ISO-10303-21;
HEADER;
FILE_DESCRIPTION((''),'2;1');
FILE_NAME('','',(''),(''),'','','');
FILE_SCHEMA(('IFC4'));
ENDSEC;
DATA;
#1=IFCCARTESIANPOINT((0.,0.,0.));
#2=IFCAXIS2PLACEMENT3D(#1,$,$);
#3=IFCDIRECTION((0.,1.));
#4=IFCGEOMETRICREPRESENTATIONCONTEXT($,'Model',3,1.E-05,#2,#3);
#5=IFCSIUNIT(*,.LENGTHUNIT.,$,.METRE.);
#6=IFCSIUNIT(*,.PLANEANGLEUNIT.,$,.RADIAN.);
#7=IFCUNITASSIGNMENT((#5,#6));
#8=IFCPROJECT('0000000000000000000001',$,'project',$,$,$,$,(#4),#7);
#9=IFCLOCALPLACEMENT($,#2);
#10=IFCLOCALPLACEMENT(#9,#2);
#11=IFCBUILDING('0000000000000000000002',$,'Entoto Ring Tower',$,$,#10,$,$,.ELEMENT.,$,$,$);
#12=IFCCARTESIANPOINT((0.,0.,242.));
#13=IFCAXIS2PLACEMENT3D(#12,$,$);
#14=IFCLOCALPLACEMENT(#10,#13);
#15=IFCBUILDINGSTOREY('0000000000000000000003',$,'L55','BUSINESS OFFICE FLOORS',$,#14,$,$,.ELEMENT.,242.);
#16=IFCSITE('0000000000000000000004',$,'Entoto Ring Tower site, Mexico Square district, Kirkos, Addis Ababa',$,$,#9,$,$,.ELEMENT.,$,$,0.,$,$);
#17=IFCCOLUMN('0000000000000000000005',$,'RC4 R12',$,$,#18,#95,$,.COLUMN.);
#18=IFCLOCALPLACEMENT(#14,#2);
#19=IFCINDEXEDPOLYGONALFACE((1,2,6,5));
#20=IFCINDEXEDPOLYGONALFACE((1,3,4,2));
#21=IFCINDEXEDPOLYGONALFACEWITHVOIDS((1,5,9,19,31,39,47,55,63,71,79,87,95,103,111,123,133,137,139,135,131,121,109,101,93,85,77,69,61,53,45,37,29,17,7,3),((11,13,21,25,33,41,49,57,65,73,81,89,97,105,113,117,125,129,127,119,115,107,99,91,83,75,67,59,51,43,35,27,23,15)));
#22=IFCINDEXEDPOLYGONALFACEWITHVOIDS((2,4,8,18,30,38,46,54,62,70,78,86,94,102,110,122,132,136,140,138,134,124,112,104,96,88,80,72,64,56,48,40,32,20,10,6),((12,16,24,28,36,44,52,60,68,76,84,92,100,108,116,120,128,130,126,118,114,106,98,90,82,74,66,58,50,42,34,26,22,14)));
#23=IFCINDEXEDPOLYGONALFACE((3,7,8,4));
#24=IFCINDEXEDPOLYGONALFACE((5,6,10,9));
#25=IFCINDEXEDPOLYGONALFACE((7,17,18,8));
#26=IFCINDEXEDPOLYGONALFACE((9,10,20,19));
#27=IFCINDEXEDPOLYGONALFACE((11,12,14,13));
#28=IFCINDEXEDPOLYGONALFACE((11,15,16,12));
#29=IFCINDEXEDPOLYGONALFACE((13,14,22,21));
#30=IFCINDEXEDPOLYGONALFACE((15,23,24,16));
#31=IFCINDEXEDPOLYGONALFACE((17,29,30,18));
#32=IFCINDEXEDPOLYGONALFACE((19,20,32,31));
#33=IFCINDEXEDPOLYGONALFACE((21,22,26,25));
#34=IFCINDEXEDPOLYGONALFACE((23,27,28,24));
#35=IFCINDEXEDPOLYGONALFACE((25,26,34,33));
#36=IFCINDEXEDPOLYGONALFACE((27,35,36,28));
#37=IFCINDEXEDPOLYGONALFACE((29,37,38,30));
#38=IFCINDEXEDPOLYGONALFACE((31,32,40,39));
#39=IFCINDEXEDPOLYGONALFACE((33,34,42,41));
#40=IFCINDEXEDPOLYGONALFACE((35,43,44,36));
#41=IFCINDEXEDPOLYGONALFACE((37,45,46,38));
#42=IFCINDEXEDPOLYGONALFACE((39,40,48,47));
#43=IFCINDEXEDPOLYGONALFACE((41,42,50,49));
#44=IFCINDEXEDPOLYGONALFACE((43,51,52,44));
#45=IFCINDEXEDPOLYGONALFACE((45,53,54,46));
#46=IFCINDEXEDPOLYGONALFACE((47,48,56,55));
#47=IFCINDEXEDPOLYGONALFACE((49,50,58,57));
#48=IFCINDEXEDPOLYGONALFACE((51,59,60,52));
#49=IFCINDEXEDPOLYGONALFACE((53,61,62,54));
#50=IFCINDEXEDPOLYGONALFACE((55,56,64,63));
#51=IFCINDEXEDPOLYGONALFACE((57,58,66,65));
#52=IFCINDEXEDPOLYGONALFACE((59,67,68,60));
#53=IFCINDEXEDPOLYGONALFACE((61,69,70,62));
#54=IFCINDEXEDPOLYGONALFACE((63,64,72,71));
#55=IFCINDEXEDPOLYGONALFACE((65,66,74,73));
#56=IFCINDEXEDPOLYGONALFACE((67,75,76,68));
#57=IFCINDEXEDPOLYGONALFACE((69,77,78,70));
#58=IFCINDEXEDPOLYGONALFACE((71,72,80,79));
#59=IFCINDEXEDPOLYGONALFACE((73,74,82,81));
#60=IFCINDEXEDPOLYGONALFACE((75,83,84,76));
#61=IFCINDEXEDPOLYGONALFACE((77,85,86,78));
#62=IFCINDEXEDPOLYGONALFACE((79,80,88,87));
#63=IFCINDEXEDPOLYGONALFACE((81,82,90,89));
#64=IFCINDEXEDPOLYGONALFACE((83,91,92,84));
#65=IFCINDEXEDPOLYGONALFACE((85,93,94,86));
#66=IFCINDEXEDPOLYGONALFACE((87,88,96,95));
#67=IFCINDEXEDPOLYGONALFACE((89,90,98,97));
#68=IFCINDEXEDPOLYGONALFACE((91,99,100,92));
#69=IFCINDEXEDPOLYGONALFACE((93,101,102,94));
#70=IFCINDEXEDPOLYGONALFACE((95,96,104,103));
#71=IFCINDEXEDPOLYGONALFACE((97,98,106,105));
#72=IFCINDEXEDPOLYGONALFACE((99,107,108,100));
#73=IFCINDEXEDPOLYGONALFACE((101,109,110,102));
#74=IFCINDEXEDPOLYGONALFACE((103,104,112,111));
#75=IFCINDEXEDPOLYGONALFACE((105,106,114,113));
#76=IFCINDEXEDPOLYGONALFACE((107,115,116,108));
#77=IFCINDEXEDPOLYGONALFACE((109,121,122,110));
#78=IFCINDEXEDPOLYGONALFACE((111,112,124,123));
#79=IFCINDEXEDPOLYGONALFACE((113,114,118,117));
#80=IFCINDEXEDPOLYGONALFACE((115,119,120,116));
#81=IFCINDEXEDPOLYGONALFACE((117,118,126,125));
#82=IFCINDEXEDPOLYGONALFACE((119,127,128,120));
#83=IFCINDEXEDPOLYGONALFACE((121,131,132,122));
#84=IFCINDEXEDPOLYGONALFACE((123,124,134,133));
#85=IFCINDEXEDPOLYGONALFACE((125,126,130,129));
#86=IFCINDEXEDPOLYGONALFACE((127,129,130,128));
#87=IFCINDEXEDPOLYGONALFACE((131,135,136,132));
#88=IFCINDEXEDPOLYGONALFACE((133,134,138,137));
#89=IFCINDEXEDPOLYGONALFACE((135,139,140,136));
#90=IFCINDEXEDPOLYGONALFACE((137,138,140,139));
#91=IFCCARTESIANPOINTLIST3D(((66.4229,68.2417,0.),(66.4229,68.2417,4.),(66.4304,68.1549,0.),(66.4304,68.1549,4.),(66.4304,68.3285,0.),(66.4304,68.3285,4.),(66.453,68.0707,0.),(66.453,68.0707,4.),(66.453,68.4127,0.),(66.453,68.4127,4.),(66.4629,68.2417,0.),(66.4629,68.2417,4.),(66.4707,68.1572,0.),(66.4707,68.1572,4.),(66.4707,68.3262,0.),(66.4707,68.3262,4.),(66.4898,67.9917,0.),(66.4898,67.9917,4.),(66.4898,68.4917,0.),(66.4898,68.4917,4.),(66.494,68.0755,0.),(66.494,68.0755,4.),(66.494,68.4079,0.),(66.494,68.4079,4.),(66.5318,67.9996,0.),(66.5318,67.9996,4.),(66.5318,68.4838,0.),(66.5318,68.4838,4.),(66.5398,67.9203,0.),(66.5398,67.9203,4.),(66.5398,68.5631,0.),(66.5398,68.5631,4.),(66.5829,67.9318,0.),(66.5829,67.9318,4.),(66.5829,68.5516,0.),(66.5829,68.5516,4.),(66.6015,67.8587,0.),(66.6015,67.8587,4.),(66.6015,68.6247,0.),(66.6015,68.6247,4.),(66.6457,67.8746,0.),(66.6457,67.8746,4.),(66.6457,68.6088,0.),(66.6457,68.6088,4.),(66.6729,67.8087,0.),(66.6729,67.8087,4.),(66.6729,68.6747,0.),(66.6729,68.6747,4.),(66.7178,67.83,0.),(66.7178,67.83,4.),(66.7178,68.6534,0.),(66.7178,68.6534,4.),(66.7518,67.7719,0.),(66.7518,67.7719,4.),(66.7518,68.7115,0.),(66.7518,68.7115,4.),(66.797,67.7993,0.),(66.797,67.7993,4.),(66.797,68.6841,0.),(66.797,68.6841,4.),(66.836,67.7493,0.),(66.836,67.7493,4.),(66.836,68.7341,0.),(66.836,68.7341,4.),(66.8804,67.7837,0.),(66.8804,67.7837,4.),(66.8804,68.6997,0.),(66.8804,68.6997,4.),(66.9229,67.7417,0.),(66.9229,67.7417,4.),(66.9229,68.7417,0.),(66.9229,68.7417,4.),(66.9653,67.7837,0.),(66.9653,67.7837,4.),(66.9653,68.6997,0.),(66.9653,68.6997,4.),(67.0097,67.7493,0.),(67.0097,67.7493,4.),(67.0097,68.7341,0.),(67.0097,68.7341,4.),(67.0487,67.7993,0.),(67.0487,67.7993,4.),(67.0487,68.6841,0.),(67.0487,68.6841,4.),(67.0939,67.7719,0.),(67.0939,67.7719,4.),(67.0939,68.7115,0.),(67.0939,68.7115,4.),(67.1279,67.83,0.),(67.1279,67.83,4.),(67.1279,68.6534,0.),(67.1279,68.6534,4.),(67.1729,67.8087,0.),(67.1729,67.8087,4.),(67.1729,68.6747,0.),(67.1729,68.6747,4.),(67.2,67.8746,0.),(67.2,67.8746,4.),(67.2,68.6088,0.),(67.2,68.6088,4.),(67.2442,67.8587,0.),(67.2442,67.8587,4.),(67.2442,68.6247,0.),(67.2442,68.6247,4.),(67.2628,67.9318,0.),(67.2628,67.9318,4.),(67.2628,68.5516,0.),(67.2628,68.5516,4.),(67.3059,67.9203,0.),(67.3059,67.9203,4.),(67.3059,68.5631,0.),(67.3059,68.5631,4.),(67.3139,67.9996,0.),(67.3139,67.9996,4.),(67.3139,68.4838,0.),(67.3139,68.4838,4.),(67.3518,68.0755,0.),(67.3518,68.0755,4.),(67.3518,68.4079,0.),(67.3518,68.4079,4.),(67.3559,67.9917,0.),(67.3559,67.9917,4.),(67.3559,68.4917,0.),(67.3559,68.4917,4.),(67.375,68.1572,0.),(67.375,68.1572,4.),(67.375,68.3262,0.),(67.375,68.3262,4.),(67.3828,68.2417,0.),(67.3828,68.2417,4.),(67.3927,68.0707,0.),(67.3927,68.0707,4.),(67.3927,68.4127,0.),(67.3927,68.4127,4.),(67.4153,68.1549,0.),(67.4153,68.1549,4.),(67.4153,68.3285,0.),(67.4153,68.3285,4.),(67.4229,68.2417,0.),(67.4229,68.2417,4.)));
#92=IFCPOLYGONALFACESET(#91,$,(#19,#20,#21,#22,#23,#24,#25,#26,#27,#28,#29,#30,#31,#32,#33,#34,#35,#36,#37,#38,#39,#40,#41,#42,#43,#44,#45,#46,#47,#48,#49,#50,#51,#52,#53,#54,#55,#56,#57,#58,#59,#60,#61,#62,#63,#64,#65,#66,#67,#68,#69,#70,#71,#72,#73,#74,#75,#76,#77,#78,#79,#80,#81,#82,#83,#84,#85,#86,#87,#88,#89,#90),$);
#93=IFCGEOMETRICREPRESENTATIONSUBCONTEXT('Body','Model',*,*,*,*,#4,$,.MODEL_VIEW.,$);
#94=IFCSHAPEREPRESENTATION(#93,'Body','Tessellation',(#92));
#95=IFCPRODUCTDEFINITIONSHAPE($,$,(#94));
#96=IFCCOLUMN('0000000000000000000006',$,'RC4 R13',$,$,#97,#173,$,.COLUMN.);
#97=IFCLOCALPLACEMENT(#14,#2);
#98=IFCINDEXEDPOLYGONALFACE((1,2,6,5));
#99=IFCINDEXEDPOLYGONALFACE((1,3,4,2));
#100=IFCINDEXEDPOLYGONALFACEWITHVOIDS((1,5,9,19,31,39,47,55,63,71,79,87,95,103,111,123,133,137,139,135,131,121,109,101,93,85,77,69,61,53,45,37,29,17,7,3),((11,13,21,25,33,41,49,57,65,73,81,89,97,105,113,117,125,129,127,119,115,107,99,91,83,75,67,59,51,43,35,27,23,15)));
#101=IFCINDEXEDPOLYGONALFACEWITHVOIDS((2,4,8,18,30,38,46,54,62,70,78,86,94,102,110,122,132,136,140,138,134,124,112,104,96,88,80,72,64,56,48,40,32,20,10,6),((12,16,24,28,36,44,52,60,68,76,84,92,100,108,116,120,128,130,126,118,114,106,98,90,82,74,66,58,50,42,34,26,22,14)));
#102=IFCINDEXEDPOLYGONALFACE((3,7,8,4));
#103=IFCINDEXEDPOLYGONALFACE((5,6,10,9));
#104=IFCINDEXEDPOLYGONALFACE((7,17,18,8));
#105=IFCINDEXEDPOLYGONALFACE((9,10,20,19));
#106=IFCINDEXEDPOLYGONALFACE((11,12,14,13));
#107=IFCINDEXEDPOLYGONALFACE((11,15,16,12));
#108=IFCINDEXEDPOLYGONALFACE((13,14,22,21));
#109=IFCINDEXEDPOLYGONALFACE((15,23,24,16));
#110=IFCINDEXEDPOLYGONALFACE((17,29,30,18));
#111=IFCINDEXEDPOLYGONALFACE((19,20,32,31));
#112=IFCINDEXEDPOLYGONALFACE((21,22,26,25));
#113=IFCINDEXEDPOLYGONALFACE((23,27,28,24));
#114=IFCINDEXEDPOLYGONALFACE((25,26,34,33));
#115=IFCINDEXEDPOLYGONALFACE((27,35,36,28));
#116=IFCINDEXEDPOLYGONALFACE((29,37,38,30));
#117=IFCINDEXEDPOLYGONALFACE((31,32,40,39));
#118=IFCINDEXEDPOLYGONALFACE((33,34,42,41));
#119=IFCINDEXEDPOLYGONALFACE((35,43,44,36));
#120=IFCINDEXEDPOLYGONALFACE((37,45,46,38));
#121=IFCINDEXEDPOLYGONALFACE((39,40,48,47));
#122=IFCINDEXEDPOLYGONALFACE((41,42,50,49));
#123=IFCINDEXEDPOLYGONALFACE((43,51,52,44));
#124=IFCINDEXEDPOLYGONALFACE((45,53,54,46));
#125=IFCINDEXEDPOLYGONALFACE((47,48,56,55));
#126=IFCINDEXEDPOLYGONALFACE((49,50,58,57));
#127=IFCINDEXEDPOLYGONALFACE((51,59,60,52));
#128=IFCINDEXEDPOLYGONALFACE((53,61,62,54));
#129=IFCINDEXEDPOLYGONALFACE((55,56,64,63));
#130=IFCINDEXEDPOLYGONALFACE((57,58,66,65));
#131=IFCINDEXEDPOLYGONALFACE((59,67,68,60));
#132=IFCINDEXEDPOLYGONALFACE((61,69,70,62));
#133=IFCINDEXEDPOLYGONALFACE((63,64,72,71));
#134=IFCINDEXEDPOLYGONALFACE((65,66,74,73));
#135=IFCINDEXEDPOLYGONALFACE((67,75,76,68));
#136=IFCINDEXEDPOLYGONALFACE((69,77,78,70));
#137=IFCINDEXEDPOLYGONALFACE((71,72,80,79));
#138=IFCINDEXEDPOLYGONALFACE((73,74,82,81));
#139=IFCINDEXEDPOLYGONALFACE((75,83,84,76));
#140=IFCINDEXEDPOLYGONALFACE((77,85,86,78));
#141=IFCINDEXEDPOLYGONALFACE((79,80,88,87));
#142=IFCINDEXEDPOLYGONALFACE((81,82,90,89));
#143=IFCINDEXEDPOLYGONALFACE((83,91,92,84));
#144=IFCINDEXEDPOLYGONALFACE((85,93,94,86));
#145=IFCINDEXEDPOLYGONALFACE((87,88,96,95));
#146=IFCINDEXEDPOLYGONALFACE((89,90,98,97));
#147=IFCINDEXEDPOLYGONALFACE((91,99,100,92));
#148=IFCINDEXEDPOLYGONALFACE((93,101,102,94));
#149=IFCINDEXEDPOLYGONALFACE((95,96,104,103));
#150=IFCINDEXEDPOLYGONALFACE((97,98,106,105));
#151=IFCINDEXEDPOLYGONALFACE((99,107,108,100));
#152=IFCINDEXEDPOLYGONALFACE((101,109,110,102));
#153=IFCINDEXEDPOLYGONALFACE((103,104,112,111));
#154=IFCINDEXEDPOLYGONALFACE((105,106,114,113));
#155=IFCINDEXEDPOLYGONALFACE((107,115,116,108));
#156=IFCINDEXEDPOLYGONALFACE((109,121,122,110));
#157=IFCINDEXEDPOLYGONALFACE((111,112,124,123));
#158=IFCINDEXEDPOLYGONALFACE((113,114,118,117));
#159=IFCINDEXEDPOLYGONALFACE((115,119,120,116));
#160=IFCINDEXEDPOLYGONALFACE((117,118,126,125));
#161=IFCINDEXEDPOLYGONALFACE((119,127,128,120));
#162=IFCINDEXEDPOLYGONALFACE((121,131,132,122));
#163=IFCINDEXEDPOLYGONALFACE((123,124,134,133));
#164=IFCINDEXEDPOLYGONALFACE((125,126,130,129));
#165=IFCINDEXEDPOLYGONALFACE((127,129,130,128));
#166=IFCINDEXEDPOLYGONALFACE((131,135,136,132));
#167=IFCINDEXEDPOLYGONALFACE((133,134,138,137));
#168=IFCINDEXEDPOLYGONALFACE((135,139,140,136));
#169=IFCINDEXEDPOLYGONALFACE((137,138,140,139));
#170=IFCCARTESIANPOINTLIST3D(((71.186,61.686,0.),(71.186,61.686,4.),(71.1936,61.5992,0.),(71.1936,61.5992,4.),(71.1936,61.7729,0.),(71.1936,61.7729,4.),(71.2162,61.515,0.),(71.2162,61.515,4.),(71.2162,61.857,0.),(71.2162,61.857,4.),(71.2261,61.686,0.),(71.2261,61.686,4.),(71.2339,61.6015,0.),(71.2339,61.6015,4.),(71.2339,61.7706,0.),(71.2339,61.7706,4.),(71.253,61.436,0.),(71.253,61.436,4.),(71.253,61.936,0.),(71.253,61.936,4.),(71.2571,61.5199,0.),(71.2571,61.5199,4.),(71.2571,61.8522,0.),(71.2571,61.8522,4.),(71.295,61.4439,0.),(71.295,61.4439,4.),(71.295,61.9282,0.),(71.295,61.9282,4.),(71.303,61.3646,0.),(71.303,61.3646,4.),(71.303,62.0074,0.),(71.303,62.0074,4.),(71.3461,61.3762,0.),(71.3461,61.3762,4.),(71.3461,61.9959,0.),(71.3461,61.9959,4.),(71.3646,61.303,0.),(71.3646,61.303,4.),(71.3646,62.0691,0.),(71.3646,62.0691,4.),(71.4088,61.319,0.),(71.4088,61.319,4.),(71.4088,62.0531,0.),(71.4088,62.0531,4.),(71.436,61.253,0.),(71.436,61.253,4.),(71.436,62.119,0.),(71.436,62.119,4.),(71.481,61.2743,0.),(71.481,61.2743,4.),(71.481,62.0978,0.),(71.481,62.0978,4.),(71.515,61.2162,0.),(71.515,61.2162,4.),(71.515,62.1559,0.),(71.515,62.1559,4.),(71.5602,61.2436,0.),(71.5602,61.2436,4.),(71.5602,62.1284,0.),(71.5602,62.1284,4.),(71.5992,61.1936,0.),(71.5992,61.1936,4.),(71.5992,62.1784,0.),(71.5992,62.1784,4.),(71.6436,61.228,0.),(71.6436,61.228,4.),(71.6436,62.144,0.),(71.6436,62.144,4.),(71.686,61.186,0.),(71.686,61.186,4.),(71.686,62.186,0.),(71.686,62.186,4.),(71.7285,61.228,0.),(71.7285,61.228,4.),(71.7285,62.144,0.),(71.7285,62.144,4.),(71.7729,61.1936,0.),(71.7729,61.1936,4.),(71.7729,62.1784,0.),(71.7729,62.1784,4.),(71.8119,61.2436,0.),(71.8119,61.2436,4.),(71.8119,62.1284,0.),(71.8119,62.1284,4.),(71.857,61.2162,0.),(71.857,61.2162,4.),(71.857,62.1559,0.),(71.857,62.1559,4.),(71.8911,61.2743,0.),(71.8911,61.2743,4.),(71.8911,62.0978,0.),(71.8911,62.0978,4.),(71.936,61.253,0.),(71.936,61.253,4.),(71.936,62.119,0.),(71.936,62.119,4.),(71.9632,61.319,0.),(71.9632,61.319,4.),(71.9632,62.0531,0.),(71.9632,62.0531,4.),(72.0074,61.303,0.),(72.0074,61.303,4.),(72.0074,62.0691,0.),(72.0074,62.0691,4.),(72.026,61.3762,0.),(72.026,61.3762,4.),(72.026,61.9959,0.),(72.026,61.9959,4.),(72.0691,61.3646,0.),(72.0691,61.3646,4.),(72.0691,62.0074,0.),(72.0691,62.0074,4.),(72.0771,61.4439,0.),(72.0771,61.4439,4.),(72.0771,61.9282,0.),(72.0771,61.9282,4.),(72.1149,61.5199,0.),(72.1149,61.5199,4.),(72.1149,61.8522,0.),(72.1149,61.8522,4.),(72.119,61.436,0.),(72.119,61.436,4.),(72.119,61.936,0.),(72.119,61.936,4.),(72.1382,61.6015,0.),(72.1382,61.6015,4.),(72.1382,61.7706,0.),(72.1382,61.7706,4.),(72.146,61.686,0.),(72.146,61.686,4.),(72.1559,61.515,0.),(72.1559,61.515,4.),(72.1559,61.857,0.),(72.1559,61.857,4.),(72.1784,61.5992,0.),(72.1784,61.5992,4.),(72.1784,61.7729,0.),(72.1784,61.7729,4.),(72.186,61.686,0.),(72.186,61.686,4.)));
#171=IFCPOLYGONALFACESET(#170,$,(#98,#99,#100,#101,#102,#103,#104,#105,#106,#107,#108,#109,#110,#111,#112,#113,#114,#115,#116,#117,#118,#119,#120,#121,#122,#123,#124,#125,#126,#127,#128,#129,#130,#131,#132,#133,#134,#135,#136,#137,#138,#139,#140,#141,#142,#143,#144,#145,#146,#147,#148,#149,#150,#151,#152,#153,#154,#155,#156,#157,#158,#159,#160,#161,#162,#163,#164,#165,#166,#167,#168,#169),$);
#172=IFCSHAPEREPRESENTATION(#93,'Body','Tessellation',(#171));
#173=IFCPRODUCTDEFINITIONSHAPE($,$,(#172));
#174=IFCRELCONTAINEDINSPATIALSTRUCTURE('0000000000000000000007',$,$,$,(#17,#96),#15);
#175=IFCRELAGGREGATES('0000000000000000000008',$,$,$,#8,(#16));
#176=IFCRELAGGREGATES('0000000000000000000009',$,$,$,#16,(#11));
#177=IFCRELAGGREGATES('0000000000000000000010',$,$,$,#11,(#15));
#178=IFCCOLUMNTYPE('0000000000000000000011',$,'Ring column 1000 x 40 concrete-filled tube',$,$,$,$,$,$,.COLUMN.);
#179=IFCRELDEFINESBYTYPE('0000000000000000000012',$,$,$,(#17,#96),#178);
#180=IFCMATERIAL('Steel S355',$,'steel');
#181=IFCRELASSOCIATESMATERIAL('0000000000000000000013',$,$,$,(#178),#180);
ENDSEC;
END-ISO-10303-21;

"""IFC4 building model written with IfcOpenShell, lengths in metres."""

from ifc_helpers import new_model, si_unit, direction, frame, origin, origin_2d, place, context, subcontext, project, spatial, circle, hollow_circle, extrude, material, material_profile, profile_set, type_object, element, save


model = new_model("IFC4")

# Units and contexts
model_context = context("Model", 3, precision=1e-05, world=origin(), true_north=direction((0.0, 1.0)))
body_context = subcontext(model_context, "Body", "Model", "MODEL_VIEW")
ifc_project = project(units=[si_unit("LENGTHUNIT", "METRE"), si_unit("PLANEANGLEUNIT", "RADIAN")], contexts=[model_context])

# Site, building, storey
site_placement = place(None, origin())
site = spatial("IfcSite", under=ifc_project, at=site_placement, Name="Entoto Ring Tower site, Mexico Square district, Kirkos, Addis Ababa", CompositionType="ELEMENT", RefElevation=0.0)
building_placement = place(site_placement, origin())
building = spatial("IfcBuilding", under=site, at=building_placement, Name="Entoto Ring Tower", CompositionType="ELEMENT")
storey_placement = place(building_placement, frame((0.0, 0.0, 242.0)))
storey = spatial("IfcBuildingStorey", under=building, at=storey_placement, Name="L55", Description="BUSINESS OFFICE FLOORS", CompositionType="ELEMENT", Elevation=242.0)

# Columns
ifc_material_1 = material(Name="Steel S355", Category="steel")
ifc_material_profile_1 = material_profile(ifc_material_1, hollow_circle(Radius=0.5, WallThickness=0.04, at=origin_2d()), Name="CHS 1000 x 40")
ifc_material_2 = material(Name="Concrete C60/75", Category="concrete")
ifc_material_profile_2 = material_profile(ifc_material_2, circle(Radius=0.46, at=origin_2d()), Name="Concrete C60/75 infill")
ifc_profile_set_1 = profile_set([ifc_material_profile_1, ifc_material_profile_2], Name="Steel S355")
column_type = type_object("IfcColumnType", Name="Ring column 1000 x 40 concrete-filled tube", PredefinedType="COLUMN", material=ifc_profile_set_1)
for number, where, z_axis, x_axis, name in (
    (1, (66.9229, 68.2417, 0.0), (0.0, 0.0, 1.0), (1.0, 0.0, 0.0), "RC4 R12"),
    (2, (71.686, 61.686, 0.0), (0.0, 0.0, 1.0), (1.0, 0.0, 0.0), "RC4 R13"),
):
    element("IfcColumn", number, at=place(storey_placement, frame(where, z_axis=z_axis, x_axis=x_axis)), inside=storey, type_object=column_type, Name=name, PredefinedType="COLUMN", context=body_context, shape_type="SweptSolid", body=[
        extrude(hollow_circle(Radius=0.5, WallThickness=0.04, at=origin_2d()), origin(), (0.0, 0.0, 1.0), 4.0),
    ])

save(model, "model.ifc")
